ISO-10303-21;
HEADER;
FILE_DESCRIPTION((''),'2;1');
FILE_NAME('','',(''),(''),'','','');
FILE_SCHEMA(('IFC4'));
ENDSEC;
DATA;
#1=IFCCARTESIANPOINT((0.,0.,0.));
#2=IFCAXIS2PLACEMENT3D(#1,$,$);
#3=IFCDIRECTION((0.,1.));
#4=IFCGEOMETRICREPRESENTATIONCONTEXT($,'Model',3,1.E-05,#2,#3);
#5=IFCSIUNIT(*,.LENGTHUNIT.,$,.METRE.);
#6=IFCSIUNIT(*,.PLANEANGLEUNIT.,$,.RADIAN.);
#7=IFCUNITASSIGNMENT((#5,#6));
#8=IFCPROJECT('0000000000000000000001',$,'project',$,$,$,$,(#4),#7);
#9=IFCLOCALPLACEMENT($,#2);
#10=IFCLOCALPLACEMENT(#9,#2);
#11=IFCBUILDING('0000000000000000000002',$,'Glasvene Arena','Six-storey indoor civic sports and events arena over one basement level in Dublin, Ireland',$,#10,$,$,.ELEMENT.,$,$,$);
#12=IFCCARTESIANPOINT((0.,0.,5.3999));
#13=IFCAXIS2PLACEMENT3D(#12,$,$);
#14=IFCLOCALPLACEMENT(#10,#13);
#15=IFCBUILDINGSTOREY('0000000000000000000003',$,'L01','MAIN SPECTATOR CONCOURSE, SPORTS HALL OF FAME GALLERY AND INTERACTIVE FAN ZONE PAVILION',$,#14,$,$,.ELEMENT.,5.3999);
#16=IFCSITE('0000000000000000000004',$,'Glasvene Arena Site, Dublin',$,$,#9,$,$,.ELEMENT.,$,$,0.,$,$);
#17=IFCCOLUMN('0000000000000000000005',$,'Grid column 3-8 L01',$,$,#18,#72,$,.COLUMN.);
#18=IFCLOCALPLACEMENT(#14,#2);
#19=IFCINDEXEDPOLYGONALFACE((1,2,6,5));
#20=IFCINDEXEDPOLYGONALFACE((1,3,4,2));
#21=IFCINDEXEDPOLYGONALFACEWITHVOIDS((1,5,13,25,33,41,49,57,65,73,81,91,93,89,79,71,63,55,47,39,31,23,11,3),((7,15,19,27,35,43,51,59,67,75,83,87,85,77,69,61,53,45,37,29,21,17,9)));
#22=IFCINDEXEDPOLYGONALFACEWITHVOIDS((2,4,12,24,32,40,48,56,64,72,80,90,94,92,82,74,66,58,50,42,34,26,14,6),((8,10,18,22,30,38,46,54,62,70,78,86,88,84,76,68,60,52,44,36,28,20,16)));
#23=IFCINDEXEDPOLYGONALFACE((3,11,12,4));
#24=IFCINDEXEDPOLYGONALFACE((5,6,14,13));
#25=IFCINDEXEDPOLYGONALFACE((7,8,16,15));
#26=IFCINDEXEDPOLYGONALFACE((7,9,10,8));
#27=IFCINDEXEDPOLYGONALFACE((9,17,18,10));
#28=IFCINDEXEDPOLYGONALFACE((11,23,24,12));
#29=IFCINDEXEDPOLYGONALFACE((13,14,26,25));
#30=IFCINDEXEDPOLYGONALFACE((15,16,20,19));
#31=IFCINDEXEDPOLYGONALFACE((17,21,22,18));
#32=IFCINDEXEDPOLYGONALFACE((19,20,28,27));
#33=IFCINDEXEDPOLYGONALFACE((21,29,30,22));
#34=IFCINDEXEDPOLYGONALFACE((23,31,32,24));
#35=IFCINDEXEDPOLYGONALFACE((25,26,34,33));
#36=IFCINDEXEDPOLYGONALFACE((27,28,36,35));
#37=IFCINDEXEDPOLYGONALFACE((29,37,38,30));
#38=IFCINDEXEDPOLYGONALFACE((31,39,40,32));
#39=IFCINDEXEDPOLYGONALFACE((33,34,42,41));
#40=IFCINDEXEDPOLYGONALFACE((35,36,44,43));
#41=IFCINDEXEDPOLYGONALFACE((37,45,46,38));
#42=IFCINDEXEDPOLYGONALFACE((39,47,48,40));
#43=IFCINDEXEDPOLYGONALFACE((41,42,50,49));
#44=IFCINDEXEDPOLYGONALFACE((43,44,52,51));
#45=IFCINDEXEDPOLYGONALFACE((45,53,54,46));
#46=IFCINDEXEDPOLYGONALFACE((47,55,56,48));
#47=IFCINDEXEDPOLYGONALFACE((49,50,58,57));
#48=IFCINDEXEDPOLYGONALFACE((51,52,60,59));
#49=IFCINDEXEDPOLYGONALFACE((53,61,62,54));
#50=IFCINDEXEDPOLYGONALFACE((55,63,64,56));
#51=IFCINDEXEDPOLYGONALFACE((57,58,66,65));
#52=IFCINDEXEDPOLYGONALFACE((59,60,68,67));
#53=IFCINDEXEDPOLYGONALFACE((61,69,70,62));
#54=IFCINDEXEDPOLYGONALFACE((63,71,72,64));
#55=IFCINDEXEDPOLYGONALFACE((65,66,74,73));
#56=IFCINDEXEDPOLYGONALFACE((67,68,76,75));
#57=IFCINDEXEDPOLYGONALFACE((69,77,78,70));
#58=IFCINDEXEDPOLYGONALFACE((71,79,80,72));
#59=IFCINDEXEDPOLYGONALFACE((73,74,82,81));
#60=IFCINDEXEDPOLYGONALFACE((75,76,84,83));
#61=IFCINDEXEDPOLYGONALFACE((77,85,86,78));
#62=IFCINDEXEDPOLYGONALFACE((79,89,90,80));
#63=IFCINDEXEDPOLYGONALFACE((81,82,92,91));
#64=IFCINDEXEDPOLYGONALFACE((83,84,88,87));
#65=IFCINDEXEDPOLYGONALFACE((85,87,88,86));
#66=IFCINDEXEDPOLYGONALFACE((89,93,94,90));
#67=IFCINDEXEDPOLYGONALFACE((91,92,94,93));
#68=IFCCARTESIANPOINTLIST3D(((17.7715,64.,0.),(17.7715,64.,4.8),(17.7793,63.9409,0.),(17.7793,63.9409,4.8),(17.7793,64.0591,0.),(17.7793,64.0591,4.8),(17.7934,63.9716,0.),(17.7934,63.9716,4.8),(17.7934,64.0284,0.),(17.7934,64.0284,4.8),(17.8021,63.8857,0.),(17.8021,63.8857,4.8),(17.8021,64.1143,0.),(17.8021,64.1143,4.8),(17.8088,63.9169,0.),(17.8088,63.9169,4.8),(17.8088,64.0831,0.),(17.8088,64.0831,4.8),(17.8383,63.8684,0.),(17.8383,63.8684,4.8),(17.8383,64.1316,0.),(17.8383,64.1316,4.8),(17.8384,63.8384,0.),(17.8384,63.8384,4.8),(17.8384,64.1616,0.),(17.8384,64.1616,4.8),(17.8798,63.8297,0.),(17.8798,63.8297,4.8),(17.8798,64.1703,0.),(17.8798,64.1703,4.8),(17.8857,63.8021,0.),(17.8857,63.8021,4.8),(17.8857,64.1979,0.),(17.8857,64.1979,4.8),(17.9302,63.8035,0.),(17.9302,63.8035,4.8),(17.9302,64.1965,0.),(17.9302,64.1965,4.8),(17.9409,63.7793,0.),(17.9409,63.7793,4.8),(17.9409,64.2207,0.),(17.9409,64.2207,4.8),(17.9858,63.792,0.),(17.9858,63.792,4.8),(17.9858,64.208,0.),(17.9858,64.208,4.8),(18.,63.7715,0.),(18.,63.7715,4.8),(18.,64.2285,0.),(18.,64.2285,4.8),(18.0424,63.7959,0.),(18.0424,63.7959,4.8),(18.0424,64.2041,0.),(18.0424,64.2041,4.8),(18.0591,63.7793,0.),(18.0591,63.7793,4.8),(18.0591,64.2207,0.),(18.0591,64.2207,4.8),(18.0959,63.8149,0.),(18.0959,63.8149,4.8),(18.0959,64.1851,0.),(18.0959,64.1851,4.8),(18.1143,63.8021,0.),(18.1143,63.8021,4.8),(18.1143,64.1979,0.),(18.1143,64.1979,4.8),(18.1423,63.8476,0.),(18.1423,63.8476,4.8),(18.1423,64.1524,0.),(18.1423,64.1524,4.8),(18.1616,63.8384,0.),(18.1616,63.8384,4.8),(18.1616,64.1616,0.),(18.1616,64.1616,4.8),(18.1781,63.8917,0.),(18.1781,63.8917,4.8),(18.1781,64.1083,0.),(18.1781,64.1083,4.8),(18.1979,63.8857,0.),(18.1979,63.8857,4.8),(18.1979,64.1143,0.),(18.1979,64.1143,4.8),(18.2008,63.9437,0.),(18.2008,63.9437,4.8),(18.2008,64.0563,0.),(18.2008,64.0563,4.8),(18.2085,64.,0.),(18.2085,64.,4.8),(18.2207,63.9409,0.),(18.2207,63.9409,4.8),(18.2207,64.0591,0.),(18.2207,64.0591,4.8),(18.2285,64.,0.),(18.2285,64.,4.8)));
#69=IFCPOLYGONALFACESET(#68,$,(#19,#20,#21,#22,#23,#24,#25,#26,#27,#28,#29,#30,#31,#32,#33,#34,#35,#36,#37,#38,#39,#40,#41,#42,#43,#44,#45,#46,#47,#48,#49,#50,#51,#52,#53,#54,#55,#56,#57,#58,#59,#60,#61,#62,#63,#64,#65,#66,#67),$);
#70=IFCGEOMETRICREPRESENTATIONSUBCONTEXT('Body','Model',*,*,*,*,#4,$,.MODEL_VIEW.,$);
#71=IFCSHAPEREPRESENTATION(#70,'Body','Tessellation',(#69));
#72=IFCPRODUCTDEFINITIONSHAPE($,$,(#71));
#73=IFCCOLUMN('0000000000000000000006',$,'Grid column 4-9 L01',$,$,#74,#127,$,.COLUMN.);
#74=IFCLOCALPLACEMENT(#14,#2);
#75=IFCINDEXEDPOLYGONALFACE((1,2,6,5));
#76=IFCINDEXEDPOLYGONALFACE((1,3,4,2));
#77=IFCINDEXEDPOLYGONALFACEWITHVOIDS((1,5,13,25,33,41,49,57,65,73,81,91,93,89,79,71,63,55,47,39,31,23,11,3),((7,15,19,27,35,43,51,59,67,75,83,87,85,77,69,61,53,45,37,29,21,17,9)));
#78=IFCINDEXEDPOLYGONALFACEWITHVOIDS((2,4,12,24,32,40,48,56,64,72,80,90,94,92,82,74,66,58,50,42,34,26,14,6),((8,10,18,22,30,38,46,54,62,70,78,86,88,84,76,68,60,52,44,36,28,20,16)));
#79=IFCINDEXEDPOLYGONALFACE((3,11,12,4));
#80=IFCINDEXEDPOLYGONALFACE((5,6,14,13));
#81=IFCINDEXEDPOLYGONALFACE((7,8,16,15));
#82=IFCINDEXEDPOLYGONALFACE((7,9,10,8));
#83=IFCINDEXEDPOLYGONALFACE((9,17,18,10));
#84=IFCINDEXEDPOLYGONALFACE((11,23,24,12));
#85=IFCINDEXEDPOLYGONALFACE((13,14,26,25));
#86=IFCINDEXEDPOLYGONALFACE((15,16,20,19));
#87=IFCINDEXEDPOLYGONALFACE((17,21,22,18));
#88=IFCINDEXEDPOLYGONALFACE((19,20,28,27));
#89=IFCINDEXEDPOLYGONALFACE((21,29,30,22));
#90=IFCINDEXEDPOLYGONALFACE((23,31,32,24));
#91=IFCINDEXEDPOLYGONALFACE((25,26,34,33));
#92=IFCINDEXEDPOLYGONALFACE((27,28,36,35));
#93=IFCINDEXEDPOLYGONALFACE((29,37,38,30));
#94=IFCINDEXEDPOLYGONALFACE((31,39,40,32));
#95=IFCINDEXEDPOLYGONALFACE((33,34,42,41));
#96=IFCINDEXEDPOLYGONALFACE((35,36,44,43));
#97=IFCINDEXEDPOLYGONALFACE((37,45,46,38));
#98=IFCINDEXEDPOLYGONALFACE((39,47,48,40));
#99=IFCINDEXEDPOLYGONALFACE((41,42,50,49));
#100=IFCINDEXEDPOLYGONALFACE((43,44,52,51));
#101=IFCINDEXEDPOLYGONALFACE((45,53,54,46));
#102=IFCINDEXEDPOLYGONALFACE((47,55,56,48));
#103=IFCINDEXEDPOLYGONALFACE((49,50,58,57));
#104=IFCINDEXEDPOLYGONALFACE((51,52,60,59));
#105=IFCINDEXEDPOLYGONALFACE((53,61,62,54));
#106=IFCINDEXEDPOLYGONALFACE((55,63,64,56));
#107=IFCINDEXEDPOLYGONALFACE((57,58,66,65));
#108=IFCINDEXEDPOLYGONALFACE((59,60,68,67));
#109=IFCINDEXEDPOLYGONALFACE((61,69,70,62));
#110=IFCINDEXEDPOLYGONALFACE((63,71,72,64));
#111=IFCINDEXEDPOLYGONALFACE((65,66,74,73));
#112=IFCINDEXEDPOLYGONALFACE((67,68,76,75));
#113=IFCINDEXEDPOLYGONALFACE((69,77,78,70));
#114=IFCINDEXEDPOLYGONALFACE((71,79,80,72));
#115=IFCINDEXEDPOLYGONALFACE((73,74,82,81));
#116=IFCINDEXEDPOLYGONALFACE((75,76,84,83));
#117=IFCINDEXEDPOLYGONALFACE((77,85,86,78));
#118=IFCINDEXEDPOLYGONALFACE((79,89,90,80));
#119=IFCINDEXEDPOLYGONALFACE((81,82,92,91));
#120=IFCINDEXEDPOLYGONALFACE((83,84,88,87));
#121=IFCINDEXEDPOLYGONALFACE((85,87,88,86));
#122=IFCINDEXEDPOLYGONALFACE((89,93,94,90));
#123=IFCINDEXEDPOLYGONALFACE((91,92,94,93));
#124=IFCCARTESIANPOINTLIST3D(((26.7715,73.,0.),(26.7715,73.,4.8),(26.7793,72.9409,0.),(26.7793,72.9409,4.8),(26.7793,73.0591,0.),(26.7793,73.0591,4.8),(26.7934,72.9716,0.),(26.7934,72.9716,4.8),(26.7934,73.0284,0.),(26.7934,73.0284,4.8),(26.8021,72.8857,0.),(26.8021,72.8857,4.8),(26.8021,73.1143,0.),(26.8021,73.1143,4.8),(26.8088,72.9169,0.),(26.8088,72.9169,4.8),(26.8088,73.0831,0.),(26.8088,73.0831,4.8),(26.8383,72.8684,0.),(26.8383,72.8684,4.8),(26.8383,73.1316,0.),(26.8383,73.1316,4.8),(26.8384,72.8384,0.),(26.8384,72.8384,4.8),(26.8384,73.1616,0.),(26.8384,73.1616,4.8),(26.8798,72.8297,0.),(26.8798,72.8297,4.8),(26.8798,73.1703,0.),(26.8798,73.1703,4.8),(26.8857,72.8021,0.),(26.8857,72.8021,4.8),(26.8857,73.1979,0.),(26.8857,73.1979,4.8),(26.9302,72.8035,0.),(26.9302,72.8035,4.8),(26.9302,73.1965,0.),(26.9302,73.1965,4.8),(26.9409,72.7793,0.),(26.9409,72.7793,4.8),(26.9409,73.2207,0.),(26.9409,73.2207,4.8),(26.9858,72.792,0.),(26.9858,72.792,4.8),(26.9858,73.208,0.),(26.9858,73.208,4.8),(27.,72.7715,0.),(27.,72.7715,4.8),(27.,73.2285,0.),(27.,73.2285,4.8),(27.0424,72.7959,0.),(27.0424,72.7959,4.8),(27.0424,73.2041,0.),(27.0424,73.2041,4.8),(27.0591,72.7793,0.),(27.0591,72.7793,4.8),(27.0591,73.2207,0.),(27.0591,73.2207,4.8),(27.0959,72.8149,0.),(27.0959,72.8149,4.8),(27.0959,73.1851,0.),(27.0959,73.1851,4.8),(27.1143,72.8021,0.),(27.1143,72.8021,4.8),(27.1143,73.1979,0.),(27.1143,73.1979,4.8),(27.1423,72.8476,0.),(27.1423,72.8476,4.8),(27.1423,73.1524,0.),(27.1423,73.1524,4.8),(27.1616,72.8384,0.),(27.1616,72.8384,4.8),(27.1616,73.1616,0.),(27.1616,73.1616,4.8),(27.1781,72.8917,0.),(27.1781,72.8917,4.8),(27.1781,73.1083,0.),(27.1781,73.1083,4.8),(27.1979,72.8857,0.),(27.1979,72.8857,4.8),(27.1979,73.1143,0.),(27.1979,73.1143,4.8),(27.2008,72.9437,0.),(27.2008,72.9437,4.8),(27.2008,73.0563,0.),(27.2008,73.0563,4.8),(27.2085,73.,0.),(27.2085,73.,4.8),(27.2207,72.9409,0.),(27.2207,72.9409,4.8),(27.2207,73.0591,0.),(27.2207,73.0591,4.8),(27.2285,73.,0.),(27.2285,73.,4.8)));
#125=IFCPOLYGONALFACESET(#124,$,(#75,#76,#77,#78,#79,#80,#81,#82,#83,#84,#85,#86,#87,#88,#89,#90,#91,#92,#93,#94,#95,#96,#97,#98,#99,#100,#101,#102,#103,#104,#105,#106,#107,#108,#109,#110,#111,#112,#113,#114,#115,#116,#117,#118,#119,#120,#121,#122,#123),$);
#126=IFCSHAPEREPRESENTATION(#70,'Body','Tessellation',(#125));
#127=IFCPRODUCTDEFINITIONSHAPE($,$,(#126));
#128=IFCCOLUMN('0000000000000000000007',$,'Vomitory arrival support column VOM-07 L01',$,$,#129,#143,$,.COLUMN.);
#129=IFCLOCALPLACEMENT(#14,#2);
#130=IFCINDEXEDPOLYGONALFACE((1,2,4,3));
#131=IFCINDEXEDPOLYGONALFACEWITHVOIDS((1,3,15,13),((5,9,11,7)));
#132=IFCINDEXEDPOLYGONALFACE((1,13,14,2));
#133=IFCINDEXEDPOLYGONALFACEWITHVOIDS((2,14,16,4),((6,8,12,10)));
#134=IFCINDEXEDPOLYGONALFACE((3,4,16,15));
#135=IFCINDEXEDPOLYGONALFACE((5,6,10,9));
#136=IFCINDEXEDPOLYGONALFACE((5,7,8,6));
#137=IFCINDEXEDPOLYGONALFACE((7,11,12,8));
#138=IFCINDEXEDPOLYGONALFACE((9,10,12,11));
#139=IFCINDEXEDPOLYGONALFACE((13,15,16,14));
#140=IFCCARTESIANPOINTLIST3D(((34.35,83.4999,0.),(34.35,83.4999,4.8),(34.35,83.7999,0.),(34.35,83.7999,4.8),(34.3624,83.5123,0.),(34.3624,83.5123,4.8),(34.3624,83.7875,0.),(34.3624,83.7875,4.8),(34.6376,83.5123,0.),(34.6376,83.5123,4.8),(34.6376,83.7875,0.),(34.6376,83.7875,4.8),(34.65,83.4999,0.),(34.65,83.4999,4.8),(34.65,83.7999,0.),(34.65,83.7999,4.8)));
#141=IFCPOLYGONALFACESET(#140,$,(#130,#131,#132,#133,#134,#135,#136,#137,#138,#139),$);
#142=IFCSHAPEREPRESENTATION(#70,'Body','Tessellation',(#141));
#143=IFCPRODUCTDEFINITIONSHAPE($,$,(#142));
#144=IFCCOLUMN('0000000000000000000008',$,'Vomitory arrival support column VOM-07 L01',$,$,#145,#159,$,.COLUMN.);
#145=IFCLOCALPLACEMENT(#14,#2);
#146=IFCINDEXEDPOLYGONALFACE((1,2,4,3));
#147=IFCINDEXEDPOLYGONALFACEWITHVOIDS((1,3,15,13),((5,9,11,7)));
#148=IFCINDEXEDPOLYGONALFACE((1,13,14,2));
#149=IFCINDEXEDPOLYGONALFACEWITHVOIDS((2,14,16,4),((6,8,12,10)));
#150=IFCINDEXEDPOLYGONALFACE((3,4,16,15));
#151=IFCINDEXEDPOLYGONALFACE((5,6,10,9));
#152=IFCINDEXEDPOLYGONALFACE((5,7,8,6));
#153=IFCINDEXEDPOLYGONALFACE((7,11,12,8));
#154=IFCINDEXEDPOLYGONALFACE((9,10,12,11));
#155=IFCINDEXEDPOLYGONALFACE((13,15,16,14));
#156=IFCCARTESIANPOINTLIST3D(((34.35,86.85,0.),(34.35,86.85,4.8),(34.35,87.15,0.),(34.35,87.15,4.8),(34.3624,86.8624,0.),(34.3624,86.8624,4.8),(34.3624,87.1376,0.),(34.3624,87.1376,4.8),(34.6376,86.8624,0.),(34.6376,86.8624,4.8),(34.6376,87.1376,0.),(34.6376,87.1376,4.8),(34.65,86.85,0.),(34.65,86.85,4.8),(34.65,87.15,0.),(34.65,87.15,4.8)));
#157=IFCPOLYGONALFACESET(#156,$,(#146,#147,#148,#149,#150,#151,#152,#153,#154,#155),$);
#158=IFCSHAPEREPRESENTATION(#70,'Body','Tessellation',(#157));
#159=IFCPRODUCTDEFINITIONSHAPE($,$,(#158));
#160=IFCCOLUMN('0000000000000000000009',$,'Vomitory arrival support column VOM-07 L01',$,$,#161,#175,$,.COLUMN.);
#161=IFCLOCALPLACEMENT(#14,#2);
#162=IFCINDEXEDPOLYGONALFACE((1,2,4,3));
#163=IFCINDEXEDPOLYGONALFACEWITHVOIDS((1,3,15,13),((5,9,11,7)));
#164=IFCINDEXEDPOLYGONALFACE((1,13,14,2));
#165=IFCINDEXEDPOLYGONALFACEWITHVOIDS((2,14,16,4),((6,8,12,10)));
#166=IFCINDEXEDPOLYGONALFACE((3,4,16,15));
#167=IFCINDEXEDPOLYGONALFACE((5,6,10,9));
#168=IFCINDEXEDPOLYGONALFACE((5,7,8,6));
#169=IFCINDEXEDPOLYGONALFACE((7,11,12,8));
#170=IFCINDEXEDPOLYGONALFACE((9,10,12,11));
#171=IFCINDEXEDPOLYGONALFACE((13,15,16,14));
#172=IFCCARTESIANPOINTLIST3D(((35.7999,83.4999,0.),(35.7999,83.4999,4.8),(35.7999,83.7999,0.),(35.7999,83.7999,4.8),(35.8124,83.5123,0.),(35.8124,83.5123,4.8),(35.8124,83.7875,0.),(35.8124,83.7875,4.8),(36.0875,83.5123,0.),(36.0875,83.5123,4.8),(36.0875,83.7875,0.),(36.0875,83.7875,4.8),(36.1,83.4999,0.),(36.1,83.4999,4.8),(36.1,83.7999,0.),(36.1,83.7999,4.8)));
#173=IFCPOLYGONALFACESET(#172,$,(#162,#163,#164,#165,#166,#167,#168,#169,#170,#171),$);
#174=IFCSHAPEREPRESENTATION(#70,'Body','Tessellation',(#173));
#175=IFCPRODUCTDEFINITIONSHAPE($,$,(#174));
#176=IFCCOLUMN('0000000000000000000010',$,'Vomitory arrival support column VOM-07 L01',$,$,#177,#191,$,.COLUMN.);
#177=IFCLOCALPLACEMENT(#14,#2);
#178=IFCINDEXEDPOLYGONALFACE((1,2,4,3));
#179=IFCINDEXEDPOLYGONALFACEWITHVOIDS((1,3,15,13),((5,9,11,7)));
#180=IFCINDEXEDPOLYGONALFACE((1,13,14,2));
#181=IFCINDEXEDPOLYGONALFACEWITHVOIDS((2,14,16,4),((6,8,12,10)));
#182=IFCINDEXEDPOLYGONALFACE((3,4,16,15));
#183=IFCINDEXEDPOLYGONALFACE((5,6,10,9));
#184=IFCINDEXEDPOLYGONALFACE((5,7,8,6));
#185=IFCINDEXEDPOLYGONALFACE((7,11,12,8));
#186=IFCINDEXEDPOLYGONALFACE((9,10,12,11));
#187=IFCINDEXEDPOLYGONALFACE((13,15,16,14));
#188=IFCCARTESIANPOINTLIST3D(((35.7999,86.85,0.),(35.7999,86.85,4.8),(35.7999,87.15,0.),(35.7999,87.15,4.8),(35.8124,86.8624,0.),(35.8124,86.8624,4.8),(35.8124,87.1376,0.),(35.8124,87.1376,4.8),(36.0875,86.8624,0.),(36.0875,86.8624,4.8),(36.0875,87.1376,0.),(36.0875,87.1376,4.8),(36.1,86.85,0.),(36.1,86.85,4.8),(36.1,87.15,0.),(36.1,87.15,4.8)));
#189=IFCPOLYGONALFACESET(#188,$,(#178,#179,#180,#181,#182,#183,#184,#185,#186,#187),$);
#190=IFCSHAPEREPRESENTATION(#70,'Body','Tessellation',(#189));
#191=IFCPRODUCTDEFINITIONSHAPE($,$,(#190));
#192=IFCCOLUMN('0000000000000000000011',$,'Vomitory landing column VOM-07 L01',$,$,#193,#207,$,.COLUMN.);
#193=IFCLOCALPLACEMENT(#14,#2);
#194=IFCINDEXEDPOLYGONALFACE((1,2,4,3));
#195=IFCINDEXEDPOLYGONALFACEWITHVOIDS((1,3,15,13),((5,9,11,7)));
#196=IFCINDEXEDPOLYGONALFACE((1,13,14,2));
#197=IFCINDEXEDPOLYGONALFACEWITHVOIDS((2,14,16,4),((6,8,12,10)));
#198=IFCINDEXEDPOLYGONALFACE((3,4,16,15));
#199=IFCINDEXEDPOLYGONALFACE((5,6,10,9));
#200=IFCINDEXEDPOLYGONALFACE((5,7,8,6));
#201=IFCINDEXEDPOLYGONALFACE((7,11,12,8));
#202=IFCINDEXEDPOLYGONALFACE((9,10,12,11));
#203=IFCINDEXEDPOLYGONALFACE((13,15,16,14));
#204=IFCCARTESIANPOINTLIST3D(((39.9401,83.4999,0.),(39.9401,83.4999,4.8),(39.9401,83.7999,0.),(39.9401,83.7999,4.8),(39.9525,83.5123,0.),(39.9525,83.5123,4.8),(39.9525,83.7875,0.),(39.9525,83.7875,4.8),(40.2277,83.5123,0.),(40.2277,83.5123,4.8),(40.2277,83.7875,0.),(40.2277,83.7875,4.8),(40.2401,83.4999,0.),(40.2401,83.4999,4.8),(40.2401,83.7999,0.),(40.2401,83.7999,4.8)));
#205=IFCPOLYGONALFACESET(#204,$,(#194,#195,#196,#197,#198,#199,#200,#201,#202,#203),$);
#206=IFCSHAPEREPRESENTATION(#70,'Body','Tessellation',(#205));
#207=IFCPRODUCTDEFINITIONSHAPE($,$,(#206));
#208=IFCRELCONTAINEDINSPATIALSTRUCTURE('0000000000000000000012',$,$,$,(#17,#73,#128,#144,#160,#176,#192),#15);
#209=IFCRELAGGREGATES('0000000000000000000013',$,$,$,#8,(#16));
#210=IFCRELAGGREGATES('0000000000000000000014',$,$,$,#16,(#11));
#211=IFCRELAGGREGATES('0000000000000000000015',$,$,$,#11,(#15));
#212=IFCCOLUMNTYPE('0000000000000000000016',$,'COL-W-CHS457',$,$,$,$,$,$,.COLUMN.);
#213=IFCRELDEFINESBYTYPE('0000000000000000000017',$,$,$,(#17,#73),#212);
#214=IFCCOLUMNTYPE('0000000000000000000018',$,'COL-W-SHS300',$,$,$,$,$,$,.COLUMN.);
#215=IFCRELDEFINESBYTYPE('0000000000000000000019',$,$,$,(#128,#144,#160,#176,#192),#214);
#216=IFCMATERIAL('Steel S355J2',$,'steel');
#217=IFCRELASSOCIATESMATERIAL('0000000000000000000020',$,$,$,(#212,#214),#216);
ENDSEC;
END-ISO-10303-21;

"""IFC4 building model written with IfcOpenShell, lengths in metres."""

from ifc_helpers import new_model, si_unit, direction, frame, origin, origin_2d, place, context, subcontext, project, spatial, hollow_rectangle, hollow_circle, extrude, material, material_profile, profile_set, type_object, element, save


model = new_model("IFC4")

# Units and contexts
model_context = context("Model", 3, precision=1e-05, world=origin(), true_north=direction((0.0, 1.0)))
body_context = subcontext(model_context, "Body", "Model", "MODEL_VIEW")
ifc_project = project(units=[si_unit("LENGTHUNIT", "METRE"), si_unit("PLANEANGLEUNIT", "RADIAN")], contexts=[model_context])

# Site, building, storey
site_placement = place(None, origin())
site = spatial("IfcSite", under=ifc_project, at=site_placement, Name="Glasvene Arena Site, Dublin", CompositionType="ELEMENT", RefElevation=0.0)
building_placement = place(site_placement, origin())
building = spatial("IfcBuilding", under=site, at=building_placement, Name="Glasvene Arena", Description="Six-storey indoor civic sports and events arena over one basement level in Dublin, Ireland", CompositionType="ELEMENT")
storey_placement = place(building_placement, frame((0.0, 0.0, 5.3999)))
storey = spatial("IfcBuildingStorey", under=building, at=storey_placement, Name="L01", Description="MAIN SPECTATOR CONCOURSE, SPORTS HALL OF FAME GALLERY AND INTERACTIVE FAN ZONE PAVILION", CompositionType="ELEMENT", Elevation=5.3999)

# Columns
ifc_material_1 = material(Name="Steel S355J2", Category="steel")
ifc_material_profile_1 = material_profile(ifc_material_1, hollow_circle(Radius=0.2285, WallThickness=0.02, at=origin_2d()), Name="CHS 457.0x20.0")
ifc_profile_set_1 = profile_set([ifc_material_profile_1], Name="Steel S355J2")
column_type_1 = type_object("IfcColumnType", Name="COL-W-CHS457", PredefinedType="COLUMN", material=ifc_profile_set_1)
for number, where, z_axis, x_axis, name in (
    (1, (18.0, 64.0, 0.0), (0.0, 0.0, 1.0), (1.0, 0.0, 0.0), "Grid column 3-8 L01"),
    (2, (27.0, 73.0, 0.0), (0.0, 0.0, 1.0), (1.0, 0.0, 0.0), "Grid column 4-9 L01"),
):
    element("IfcColumn", number, at=place(storey_placement, frame(where, z_axis=z_axis, x_axis=x_axis)), inside=storey, type_object=column_type_1, Name=name, PredefinedType="COLUMN", context=body_context, shape_type="SweptSolid", body=[
        extrude(hollow_circle(Radius=0.2285, WallThickness=0.02, at=origin_2d()), origin(), (0.0, 0.0, 1.0), 4.8),
    ])
ifc_material_profile_2 = material_profile(ifc_material_1, hollow_rectangle(XDim=0.3, YDim=0.3, WallThickness=0.0125, at=origin_2d()), Name="SHS 300x300x12.5")
ifc_profile_set_2 = profile_set([ifc_material_profile_2], Name="Steel S355J2")
column_type_2 = type_object("IfcColumnType", Name="COL-W-SHS300", PredefinedType="COLUMN", material=ifc_profile_set_2)
for number, where, z_axis, x_axis, name in (
    (3, (34.5, 83.6499, 0.0), (0.0, 0.0, 1.0), (1.0, 0.0, 0.0), "Vomitory arrival support column VOM-07 L01"),
    (4, (34.5, 87.0, 0.0), (0.0, 0.0, 1.0), (1.0, 0.0, 0.0), "Vomitory arrival support column VOM-07 L01"),
    (5, (35.95, 83.6499, 0.0), (0.0, 0.0, 1.0), (1.0, 0.0, 0.0), "Vomitory arrival support column VOM-07 L01"),
    (6, (35.95, 87.0, 0.0), (0.0, 0.0, 1.0), (1.0, 0.0, 0.0), "Vomitory arrival support column VOM-07 L01"),
    (7, (40.0901, 83.6499, 0.0), (0.0, 0.0, 1.0), (1.0, 0.0, 0.0), "Vomitory landing column VOM-07 L01"),
):
    element("IfcColumn", number, at=place(storey_placement, frame(where, z_axis=z_axis, x_axis=x_axis)), inside=storey, type_object=column_type_2, Name=name, PredefinedType="COLUMN", context=body_context, shape_type="SweptSolid", body=[
        extrude(hollow_rectangle(XDim=0.3, YDim=0.3, WallThickness=0.0125, at=origin_2d()), origin(), (0.0, 0.0, 1.0), 4.8),
    ])

save(model, "model.ifc")
